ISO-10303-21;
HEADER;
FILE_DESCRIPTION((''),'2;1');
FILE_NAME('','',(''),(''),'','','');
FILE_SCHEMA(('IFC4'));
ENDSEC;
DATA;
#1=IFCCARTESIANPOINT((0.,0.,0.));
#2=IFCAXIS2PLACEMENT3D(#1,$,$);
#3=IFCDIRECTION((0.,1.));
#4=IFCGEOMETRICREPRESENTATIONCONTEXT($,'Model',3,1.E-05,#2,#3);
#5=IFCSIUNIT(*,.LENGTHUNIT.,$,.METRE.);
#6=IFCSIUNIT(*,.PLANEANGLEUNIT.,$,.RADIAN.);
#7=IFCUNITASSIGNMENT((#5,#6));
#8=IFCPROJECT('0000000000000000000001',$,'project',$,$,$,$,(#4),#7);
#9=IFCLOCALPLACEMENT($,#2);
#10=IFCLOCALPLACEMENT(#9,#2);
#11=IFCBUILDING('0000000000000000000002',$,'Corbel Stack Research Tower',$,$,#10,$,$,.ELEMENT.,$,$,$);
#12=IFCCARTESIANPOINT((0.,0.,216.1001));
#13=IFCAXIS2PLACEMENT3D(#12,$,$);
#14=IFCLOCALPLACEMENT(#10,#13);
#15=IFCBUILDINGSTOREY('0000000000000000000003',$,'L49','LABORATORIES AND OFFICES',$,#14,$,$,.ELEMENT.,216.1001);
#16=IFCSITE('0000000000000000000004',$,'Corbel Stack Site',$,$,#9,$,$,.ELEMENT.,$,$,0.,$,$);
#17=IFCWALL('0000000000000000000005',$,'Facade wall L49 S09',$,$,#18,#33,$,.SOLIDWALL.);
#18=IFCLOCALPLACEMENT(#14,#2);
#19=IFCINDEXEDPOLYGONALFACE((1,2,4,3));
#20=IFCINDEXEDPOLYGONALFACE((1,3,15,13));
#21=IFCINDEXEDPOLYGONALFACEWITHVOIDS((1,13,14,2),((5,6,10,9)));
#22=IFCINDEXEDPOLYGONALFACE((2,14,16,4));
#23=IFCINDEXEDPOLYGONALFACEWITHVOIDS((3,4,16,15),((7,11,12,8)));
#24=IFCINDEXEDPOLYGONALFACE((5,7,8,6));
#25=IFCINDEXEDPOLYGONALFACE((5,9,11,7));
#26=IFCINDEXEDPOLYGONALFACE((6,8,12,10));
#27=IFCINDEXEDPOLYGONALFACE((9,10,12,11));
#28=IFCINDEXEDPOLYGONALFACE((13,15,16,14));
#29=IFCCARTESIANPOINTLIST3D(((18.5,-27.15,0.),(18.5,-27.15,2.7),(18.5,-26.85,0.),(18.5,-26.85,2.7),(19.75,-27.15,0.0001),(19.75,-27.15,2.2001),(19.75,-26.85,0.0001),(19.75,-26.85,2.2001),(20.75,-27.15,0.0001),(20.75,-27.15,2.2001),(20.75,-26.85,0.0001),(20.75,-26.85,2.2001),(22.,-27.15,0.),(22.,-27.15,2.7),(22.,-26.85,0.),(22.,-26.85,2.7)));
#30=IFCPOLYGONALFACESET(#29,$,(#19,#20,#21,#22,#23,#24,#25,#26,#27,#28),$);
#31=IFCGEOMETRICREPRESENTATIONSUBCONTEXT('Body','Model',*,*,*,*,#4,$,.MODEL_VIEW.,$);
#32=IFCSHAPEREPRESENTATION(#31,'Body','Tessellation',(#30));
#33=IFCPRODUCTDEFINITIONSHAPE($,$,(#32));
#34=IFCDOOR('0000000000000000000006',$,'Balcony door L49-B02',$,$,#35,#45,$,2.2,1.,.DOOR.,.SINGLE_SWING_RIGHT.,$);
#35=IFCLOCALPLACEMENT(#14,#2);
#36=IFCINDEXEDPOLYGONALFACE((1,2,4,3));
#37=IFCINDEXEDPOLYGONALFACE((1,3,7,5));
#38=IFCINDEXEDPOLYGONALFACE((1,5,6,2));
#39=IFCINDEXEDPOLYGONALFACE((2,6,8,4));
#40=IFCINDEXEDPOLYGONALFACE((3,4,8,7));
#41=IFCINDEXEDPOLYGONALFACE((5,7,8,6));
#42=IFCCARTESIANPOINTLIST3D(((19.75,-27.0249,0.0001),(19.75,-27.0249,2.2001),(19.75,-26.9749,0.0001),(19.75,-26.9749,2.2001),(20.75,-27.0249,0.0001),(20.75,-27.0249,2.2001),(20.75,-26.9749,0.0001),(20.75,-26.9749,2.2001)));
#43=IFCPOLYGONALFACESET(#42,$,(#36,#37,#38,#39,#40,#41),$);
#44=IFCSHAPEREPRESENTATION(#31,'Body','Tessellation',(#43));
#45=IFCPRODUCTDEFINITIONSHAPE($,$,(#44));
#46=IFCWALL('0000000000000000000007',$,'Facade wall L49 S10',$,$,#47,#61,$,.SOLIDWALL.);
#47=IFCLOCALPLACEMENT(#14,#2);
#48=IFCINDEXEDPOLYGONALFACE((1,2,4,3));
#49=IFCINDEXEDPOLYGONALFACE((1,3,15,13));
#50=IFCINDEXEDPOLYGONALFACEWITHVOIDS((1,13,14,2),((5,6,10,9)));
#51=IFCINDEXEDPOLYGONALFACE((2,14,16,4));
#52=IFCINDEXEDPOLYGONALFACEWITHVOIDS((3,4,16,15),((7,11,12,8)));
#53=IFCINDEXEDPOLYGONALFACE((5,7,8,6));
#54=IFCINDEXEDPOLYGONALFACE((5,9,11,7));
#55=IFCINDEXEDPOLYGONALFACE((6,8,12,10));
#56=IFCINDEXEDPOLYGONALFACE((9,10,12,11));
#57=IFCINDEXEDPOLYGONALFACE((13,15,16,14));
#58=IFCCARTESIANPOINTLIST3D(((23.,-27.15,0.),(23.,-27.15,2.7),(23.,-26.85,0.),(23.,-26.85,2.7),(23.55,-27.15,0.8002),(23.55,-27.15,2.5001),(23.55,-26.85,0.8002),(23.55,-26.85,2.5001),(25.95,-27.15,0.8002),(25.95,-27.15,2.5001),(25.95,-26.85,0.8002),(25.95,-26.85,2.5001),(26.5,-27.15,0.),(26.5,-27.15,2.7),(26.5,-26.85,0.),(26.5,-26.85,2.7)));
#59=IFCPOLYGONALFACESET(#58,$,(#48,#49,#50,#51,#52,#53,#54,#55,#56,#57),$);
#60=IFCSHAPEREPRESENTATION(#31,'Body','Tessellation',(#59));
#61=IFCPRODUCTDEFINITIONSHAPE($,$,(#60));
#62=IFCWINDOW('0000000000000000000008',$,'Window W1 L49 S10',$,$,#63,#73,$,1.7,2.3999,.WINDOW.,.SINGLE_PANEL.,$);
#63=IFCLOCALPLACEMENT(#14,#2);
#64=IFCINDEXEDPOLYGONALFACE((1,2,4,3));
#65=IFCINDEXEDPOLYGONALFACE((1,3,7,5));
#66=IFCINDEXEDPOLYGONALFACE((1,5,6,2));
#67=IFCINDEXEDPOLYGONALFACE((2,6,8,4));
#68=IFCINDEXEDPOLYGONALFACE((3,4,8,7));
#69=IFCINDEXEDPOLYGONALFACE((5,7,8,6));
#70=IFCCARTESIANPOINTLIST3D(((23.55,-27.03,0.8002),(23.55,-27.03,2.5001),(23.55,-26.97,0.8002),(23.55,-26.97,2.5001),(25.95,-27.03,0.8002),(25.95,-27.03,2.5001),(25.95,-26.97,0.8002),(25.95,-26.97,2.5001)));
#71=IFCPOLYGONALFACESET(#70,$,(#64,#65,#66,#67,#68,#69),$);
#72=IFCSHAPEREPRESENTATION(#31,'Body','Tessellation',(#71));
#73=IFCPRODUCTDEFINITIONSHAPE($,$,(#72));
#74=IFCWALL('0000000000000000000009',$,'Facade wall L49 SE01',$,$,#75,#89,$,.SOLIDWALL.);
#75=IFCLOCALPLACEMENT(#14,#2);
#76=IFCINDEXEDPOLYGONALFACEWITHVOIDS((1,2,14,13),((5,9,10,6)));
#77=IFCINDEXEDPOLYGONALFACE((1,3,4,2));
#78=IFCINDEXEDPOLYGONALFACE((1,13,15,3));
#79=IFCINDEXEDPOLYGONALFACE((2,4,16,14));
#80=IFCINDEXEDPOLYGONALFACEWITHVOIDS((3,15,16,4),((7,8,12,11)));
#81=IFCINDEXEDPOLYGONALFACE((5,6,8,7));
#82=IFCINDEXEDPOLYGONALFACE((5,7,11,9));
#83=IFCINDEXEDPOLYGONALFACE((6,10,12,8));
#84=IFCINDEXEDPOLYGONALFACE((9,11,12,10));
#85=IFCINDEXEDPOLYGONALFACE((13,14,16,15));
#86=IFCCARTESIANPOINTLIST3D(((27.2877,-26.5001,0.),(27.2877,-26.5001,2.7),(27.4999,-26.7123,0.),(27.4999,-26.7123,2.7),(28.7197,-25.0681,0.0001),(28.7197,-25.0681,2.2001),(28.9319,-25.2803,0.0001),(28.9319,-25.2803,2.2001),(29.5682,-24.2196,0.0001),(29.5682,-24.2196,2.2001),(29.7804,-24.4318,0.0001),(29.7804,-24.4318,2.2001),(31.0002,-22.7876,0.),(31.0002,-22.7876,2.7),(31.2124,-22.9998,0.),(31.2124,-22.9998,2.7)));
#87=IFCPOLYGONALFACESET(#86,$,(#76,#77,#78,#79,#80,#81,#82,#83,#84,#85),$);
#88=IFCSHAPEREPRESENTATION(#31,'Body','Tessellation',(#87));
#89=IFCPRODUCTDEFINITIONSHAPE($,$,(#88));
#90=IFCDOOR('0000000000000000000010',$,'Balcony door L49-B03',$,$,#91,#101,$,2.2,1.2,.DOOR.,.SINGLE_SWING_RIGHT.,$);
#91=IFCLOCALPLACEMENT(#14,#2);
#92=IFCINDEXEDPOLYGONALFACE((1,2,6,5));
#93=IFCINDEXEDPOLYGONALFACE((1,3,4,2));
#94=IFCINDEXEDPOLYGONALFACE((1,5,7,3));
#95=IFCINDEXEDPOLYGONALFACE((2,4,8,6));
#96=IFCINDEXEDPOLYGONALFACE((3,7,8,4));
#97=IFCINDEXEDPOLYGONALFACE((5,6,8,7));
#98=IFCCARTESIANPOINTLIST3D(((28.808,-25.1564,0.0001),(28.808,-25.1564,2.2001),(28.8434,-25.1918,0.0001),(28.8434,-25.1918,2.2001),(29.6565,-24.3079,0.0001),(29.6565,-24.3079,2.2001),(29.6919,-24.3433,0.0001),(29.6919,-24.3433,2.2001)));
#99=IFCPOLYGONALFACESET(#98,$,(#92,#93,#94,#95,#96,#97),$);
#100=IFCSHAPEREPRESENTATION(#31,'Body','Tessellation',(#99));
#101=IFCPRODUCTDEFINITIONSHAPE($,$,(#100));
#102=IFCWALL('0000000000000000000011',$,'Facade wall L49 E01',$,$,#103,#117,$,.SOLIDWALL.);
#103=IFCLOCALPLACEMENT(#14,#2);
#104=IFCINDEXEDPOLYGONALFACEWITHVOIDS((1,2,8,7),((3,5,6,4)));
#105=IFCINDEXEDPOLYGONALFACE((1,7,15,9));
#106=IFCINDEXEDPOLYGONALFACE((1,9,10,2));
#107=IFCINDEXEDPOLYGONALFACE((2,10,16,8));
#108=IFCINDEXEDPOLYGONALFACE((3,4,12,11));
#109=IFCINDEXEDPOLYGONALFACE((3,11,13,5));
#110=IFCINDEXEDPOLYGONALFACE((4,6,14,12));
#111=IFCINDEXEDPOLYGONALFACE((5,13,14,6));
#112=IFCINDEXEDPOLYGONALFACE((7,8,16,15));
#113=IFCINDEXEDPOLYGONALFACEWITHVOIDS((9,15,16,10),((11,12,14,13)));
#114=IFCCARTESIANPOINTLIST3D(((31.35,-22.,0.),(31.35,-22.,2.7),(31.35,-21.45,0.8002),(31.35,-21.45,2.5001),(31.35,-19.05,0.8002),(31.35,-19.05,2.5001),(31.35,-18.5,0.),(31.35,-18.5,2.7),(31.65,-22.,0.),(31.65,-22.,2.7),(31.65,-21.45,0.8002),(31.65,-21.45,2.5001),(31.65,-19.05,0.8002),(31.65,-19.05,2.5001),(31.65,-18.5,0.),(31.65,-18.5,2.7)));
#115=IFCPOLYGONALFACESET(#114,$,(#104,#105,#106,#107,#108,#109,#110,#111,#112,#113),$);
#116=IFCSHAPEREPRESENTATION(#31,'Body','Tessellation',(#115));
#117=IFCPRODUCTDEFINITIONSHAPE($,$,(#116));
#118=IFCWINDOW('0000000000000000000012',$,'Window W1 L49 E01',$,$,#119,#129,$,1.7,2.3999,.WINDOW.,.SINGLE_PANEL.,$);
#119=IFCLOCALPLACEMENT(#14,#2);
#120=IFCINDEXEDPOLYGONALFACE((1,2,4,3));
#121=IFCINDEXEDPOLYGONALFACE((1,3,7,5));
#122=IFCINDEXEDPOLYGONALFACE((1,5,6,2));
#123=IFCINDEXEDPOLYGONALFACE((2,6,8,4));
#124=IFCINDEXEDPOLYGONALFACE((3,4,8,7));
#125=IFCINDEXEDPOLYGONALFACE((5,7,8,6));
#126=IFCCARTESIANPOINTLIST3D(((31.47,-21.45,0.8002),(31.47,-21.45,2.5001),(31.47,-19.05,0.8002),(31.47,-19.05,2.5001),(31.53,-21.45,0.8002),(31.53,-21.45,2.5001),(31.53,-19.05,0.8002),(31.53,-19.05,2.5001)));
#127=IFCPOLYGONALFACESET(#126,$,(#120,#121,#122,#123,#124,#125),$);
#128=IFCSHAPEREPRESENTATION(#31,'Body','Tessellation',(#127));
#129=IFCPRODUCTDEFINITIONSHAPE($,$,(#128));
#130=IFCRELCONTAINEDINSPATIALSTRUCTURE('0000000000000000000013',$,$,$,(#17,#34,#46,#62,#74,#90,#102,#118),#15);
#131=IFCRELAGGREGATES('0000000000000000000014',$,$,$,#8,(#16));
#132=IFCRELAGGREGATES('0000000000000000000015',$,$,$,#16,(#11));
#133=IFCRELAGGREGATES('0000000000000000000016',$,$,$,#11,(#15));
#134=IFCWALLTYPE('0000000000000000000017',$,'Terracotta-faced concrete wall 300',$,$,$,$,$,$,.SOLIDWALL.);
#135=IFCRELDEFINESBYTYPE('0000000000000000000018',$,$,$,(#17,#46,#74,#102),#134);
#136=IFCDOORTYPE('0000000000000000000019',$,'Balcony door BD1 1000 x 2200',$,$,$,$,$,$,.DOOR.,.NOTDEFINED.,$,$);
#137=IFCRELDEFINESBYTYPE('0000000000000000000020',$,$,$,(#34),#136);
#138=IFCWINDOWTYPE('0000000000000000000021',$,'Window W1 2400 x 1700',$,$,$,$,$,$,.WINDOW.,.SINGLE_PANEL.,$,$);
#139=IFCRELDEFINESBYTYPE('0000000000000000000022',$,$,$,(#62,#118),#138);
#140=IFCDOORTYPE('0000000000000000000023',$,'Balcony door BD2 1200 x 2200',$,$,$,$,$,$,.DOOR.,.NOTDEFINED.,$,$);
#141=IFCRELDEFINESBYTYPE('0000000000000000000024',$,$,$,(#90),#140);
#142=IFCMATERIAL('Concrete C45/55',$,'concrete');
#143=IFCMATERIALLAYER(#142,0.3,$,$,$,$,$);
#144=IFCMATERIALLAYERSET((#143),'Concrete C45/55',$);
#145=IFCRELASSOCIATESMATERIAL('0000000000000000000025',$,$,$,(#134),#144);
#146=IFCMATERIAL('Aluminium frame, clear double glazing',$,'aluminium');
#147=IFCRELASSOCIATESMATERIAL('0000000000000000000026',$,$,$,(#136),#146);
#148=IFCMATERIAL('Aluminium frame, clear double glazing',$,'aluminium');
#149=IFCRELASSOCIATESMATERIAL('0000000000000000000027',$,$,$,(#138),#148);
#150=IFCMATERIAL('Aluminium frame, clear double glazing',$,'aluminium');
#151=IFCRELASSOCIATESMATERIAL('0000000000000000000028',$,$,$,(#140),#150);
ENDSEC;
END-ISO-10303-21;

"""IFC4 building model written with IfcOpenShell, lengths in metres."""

from ifc_helpers import new_model, si_unit, direction, frame, frame_2d, origin, place, context, subcontext, project, spatial, rectangle, extrude, material, layer, layer_set, type_object, element, fill, save


model = new_model("IFC4")

# Units and contexts
model_context = context("Model", 3, precision=1e-05, world=origin(), true_north=direction((0.0, 1.0)))
body_context = subcontext(model_context, "Body", "Model", "MODEL_VIEW")
ifc_project = project(units=[si_unit("LENGTHUNIT", "METRE"), si_unit("PLANEANGLEUNIT", "RADIAN")], contexts=[model_context])

# Site, building, storey
site_placement = place(None, origin())
site = spatial("IfcSite", under=ifc_project, at=site_placement, Name="Corbel Stack Site", CompositionType="ELEMENT", RefElevation=0.0)
building_placement = place(site_placement, origin())
building = spatial("IfcBuilding", under=site, at=building_placement, Name="Corbel Stack Research Tower", CompositionType="ELEMENT")
storey_placement = place(building_placement, frame((0.0, 0.0, 216.1001)))
storey = spatial("IfcBuildingStorey", under=building, at=storey_placement, Name="L49", Description="LABORATORIES AND OFFICES", CompositionType="ELEMENT", Elevation=216.1001)

# Wall, opening, door
ifc_material_1 = material(Name="Concrete C45/55", Category="concrete")
ifc_layer_1 = layer(ifc_material_1, 0.3)
ifc_layer_set_1 = layer_set([ifc_layer_1], Name="Concrete C45/55")
wall_type_1 = type_object("IfcWallType", Name="Terracotta-faced concrete wall 300", PredefinedType="SOLIDWALL", material=ifc_layer_set_1)
wall_1_placement = place(storey_placement, frame((22.0, -27.0, 0.0), z_axis=(0.0, 0.0, 1.0), x_axis=(-1.0, 0.0, 0.0)))
wall_1 = element("IfcWall", 1, at=wall_1_placement, inside=storey, type_object=wall_type_1, Name="Facade wall L49 S09", PredefinedType="SOLIDWALL", context=body_context, shape_type="SweptSolid", body=[
    extrude(rectangle(XDim=3.5, YDim=0.3, at=frame_2d((1.75, 0.0))), origin(), (0.0, 0.0, 1.0), 2.7),
])
opening_1_placement = place(wall_1_placement, frame((1.25, 0.0, 0.0)))
opening_1 = element("IfcOpeningElement", 2, at=opening_1_placement, cuts=wall_1, PredefinedType="OPENING", context=body_context, shape_type="SweptSolid", body=[
    extrude(rectangle(XDim=1.0, YDim=2.2, at=frame_2d((0.5, 1.1001))), frame((0.0, 0.1599, 0.0), z_axis=(0.0, -1.0, 0.0), x_axis=(1.0, 0.0, 0.0)), (0.0, 0.0, 1.0), 0.3201),
])
ifc_material_2 = material(Name="Aluminium frame, clear double glazing", Category="aluminium")
door_type_1 = type_object("IfcDoorType", Name="Balcony door BD1 1000 x 2200", OperationType="NOTDEFINED", PredefinedType="DOOR", material=ifc_material_2)
door_1_placement = place(opening_1_placement, origin())
door_1 = element("IfcDoor", 3, at=door_1_placement, inside=storey, type_object=door_type_1, Name="Balcony door L49-B02", OperationType="SINGLE_SWING_RIGHT", OverallHeight=2.2, OverallWidth=1.0, PredefinedType="DOOR", context=body_context, shape_type="SweptSolid", body=[
    extrude(rectangle(XDim=1.0, YDim=2.2, at=frame_2d((0.5, 1.1001))), frame((0.0, 0.0249, 0.0), z_axis=(0.0, -1.0, 0.0), x_axis=(1.0, 0.0, 0.0)), (0.0, 0.0, 1.0), 0.05),
])
fill(opening_1, door_1)

# Wall, opening, window
wall_2_placement = place(storey_placement, frame((26.5, -27.0, 0.0), z_axis=(0.0, 0.0, 1.0), x_axis=(-1.0, 0.0, 0.0)))
wall_2 = element("IfcWall", 4, at=wall_2_placement, inside=storey, type_object=wall_type_1, Name="Facade wall L49 S10", PredefinedType="SOLIDWALL", context=body_context, shape_type="SweptSolid", body=[
    extrude(rectangle(XDim=3.5, YDim=0.3, at=frame_2d((1.75, 0.0))), origin(), (0.0, 0.0, 1.0), 2.7),
])
opening_2_placement = place(wall_2_placement, frame((0.55, 0.0, 0.8)))
opening_2 = element("IfcOpeningElement", 5, at=opening_2_placement, cuts=wall_2, PredefinedType="OPENING", context=body_context, shape_type="SweptSolid", body=[
    extrude(rectangle(XDim=2.3999, YDim=1.7, at=frame_2d((1.2, 0.8501))), frame((0.0, 0.1599, 0.0), z_axis=(0.0, -1.0, 0.0), x_axis=(1.0, 0.0, 0.0)), (0.0, 0.0, 1.0), 0.3201),
])
ifc_material_3 = material(Name="Aluminium frame, clear double glazing", Category="aluminium")
window_type = type_object("IfcWindowType", Name="Window W1 2400 x 1700", PartitioningType="SINGLE_PANEL", PredefinedType="WINDOW", material=ifc_material_3)
window_1_placement = place(opening_2_placement, origin())
window_1 = element("IfcWindow", 6, at=window_1_placement, inside=storey, type_object=window_type, Name="Window W1 L49 S10", OverallHeight=1.7, OverallWidth=2.3999, PartitioningType="SINGLE_PANEL", PredefinedType="WINDOW", context=body_context, shape_type="SweptSolid", body=[
    extrude(rectangle(XDim=2.3999, YDim=1.7, at=frame_2d((1.2, 0.8501))), frame((0.0, 0.03, 0.0), z_axis=(0.0, -1.0, 0.0), x_axis=(1.0, 0.0, 0.0)), (0.0, 0.0, 1.0), 0.0601),
])
fill(opening_2, window_1)

# Wall, opening, door
wall_3_placement = place(storey_placement, frame((31.1062, -22.8938, 0.0), z_axis=(0.0, 0.0, 1.0), x_axis=(-0.707107, -0.707107, 0.0)))
wall_3 = element("IfcWall", 7, at=wall_3_placement, inside=storey, type_object=wall_type_1, Name="Facade wall L49 SE01", PredefinedType="SOLIDWALL", context=body_context, shape_type="SweptSolid", body=[
    extrude(rectangle(XDim=5.2502, YDim=0.3, at=frame_2d((2.625, 0.0))), origin(), (0.0, 0.0, 1.0), 2.7),
])
opening_3_placement = place(wall_3_placement, frame((2.0249, 0.0, 0.0)))
opening_3 = element("IfcOpeningElement", 8, at=opening_3_placement, cuts=wall_3, PredefinedType="OPENING", context=body_context, shape_type="SweptSolid", body=[
    extrude(rectangle(XDim=1.2, YDim=2.2, at=frame_2d((0.6001, 1.1001))), frame((0.0, 0.1599, 0.0), z_axis=(0.0, -1.0, 0.0), x_axis=(1.0, 0.0, 0.0)), (0.0, 0.0, 1.0), 0.3201),
])
ifc_material_4 = material(Name="Aluminium frame, clear double glazing", Category="aluminium")
door_type_2 = type_object("IfcDoorType", Name="Balcony door BD2 1200 x 2200", OperationType="NOTDEFINED", PredefinedType="DOOR", material=ifc_material_4)
door_2_placement = place(opening_3_placement, origin())
door_2 = element("IfcDoor", 9, at=door_2_placement, inside=storey, type_object=door_type_2, Name="Balcony door L49-B03", OperationType="SINGLE_SWING_RIGHT", OverallHeight=2.2, OverallWidth=1.2, PredefinedType="DOOR", context=body_context, shape_type="SweptSolid", body=[
    extrude(rectangle(XDim=1.2, YDim=2.2, at=frame_2d((0.6001, 1.1001))), frame((0.0, 0.0249, 0.0), z_axis=(0.0, -1.0, 0.0), x_axis=(1.0, 0.0, 0.0)), (0.0, 0.0, 1.0), 0.05),
])
fill(opening_3, door_2)

# Wall, opening, window
wall_4_placement = place(storey_placement, frame((31.5, -18.5, 0.0), z_axis=(0.0, 0.0, 1.0), x_axis=(0.0, -1.0, 0.0)))
wall_4 = element("IfcWall", 10, at=wall_4_placement, inside=storey, type_object=wall_type_1, Name="Facade wall L49 E01", PredefinedType="SOLIDWALL", context=body_context, shape_type="SweptSolid", body=[
    extrude(rectangle(XDim=3.5, YDim=0.3, at=frame_2d((1.75, 0.0))), origin(), (0.0, 0.0, 1.0), 2.7),
])
opening_4_placement = place(wall_4_placement, frame((0.55, 0.0, 0.8)))
opening_4 = element("IfcOpeningElement", 11, at=opening_4_placement, cuts=wall_4, PredefinedType="OPENING", context=body_context, shape_type="SweptSolid", body=[
    extrude(rectangle(XDim=2.3999, YDim=1.7, at=frame_2d((1.2, 0.8501))), frame((0.0, 0.1599, 0.0), z_axis=(0.0, -1.0, 0.0), x_axis=(1.0, 0.0, 0.0)), (0.0, 0.0, 1.0), 0.3201),
])
window_2_placement = place(opening_4_placement, origin())
window_2 = element("IfcWindow", 12, at=window_2_placement, inside=storey, type_object=window_type, Name="Window W1 L49 E01", OverallHeight=1.7, OverallWidth=2.3999, PartitioningType="SINGLE_PANEL", PredefinedType="WINDOW", context=body_context, shape_type="SweptSolid", body=[
    extrude(rectangle(XDim=2.3999, YDim=1.7, at=frame_2d((1.2, 0.8501))), frame((0.0, 0.03, 0.0), z_axis=(0.0, -1.0, 0.0), x_axis=(1.0, 0.0, 0.0)), (0.0, 0.0, 1.0), 0.0601),
])
fill(opening_4, window_2)

save(model, "model.ifc")
